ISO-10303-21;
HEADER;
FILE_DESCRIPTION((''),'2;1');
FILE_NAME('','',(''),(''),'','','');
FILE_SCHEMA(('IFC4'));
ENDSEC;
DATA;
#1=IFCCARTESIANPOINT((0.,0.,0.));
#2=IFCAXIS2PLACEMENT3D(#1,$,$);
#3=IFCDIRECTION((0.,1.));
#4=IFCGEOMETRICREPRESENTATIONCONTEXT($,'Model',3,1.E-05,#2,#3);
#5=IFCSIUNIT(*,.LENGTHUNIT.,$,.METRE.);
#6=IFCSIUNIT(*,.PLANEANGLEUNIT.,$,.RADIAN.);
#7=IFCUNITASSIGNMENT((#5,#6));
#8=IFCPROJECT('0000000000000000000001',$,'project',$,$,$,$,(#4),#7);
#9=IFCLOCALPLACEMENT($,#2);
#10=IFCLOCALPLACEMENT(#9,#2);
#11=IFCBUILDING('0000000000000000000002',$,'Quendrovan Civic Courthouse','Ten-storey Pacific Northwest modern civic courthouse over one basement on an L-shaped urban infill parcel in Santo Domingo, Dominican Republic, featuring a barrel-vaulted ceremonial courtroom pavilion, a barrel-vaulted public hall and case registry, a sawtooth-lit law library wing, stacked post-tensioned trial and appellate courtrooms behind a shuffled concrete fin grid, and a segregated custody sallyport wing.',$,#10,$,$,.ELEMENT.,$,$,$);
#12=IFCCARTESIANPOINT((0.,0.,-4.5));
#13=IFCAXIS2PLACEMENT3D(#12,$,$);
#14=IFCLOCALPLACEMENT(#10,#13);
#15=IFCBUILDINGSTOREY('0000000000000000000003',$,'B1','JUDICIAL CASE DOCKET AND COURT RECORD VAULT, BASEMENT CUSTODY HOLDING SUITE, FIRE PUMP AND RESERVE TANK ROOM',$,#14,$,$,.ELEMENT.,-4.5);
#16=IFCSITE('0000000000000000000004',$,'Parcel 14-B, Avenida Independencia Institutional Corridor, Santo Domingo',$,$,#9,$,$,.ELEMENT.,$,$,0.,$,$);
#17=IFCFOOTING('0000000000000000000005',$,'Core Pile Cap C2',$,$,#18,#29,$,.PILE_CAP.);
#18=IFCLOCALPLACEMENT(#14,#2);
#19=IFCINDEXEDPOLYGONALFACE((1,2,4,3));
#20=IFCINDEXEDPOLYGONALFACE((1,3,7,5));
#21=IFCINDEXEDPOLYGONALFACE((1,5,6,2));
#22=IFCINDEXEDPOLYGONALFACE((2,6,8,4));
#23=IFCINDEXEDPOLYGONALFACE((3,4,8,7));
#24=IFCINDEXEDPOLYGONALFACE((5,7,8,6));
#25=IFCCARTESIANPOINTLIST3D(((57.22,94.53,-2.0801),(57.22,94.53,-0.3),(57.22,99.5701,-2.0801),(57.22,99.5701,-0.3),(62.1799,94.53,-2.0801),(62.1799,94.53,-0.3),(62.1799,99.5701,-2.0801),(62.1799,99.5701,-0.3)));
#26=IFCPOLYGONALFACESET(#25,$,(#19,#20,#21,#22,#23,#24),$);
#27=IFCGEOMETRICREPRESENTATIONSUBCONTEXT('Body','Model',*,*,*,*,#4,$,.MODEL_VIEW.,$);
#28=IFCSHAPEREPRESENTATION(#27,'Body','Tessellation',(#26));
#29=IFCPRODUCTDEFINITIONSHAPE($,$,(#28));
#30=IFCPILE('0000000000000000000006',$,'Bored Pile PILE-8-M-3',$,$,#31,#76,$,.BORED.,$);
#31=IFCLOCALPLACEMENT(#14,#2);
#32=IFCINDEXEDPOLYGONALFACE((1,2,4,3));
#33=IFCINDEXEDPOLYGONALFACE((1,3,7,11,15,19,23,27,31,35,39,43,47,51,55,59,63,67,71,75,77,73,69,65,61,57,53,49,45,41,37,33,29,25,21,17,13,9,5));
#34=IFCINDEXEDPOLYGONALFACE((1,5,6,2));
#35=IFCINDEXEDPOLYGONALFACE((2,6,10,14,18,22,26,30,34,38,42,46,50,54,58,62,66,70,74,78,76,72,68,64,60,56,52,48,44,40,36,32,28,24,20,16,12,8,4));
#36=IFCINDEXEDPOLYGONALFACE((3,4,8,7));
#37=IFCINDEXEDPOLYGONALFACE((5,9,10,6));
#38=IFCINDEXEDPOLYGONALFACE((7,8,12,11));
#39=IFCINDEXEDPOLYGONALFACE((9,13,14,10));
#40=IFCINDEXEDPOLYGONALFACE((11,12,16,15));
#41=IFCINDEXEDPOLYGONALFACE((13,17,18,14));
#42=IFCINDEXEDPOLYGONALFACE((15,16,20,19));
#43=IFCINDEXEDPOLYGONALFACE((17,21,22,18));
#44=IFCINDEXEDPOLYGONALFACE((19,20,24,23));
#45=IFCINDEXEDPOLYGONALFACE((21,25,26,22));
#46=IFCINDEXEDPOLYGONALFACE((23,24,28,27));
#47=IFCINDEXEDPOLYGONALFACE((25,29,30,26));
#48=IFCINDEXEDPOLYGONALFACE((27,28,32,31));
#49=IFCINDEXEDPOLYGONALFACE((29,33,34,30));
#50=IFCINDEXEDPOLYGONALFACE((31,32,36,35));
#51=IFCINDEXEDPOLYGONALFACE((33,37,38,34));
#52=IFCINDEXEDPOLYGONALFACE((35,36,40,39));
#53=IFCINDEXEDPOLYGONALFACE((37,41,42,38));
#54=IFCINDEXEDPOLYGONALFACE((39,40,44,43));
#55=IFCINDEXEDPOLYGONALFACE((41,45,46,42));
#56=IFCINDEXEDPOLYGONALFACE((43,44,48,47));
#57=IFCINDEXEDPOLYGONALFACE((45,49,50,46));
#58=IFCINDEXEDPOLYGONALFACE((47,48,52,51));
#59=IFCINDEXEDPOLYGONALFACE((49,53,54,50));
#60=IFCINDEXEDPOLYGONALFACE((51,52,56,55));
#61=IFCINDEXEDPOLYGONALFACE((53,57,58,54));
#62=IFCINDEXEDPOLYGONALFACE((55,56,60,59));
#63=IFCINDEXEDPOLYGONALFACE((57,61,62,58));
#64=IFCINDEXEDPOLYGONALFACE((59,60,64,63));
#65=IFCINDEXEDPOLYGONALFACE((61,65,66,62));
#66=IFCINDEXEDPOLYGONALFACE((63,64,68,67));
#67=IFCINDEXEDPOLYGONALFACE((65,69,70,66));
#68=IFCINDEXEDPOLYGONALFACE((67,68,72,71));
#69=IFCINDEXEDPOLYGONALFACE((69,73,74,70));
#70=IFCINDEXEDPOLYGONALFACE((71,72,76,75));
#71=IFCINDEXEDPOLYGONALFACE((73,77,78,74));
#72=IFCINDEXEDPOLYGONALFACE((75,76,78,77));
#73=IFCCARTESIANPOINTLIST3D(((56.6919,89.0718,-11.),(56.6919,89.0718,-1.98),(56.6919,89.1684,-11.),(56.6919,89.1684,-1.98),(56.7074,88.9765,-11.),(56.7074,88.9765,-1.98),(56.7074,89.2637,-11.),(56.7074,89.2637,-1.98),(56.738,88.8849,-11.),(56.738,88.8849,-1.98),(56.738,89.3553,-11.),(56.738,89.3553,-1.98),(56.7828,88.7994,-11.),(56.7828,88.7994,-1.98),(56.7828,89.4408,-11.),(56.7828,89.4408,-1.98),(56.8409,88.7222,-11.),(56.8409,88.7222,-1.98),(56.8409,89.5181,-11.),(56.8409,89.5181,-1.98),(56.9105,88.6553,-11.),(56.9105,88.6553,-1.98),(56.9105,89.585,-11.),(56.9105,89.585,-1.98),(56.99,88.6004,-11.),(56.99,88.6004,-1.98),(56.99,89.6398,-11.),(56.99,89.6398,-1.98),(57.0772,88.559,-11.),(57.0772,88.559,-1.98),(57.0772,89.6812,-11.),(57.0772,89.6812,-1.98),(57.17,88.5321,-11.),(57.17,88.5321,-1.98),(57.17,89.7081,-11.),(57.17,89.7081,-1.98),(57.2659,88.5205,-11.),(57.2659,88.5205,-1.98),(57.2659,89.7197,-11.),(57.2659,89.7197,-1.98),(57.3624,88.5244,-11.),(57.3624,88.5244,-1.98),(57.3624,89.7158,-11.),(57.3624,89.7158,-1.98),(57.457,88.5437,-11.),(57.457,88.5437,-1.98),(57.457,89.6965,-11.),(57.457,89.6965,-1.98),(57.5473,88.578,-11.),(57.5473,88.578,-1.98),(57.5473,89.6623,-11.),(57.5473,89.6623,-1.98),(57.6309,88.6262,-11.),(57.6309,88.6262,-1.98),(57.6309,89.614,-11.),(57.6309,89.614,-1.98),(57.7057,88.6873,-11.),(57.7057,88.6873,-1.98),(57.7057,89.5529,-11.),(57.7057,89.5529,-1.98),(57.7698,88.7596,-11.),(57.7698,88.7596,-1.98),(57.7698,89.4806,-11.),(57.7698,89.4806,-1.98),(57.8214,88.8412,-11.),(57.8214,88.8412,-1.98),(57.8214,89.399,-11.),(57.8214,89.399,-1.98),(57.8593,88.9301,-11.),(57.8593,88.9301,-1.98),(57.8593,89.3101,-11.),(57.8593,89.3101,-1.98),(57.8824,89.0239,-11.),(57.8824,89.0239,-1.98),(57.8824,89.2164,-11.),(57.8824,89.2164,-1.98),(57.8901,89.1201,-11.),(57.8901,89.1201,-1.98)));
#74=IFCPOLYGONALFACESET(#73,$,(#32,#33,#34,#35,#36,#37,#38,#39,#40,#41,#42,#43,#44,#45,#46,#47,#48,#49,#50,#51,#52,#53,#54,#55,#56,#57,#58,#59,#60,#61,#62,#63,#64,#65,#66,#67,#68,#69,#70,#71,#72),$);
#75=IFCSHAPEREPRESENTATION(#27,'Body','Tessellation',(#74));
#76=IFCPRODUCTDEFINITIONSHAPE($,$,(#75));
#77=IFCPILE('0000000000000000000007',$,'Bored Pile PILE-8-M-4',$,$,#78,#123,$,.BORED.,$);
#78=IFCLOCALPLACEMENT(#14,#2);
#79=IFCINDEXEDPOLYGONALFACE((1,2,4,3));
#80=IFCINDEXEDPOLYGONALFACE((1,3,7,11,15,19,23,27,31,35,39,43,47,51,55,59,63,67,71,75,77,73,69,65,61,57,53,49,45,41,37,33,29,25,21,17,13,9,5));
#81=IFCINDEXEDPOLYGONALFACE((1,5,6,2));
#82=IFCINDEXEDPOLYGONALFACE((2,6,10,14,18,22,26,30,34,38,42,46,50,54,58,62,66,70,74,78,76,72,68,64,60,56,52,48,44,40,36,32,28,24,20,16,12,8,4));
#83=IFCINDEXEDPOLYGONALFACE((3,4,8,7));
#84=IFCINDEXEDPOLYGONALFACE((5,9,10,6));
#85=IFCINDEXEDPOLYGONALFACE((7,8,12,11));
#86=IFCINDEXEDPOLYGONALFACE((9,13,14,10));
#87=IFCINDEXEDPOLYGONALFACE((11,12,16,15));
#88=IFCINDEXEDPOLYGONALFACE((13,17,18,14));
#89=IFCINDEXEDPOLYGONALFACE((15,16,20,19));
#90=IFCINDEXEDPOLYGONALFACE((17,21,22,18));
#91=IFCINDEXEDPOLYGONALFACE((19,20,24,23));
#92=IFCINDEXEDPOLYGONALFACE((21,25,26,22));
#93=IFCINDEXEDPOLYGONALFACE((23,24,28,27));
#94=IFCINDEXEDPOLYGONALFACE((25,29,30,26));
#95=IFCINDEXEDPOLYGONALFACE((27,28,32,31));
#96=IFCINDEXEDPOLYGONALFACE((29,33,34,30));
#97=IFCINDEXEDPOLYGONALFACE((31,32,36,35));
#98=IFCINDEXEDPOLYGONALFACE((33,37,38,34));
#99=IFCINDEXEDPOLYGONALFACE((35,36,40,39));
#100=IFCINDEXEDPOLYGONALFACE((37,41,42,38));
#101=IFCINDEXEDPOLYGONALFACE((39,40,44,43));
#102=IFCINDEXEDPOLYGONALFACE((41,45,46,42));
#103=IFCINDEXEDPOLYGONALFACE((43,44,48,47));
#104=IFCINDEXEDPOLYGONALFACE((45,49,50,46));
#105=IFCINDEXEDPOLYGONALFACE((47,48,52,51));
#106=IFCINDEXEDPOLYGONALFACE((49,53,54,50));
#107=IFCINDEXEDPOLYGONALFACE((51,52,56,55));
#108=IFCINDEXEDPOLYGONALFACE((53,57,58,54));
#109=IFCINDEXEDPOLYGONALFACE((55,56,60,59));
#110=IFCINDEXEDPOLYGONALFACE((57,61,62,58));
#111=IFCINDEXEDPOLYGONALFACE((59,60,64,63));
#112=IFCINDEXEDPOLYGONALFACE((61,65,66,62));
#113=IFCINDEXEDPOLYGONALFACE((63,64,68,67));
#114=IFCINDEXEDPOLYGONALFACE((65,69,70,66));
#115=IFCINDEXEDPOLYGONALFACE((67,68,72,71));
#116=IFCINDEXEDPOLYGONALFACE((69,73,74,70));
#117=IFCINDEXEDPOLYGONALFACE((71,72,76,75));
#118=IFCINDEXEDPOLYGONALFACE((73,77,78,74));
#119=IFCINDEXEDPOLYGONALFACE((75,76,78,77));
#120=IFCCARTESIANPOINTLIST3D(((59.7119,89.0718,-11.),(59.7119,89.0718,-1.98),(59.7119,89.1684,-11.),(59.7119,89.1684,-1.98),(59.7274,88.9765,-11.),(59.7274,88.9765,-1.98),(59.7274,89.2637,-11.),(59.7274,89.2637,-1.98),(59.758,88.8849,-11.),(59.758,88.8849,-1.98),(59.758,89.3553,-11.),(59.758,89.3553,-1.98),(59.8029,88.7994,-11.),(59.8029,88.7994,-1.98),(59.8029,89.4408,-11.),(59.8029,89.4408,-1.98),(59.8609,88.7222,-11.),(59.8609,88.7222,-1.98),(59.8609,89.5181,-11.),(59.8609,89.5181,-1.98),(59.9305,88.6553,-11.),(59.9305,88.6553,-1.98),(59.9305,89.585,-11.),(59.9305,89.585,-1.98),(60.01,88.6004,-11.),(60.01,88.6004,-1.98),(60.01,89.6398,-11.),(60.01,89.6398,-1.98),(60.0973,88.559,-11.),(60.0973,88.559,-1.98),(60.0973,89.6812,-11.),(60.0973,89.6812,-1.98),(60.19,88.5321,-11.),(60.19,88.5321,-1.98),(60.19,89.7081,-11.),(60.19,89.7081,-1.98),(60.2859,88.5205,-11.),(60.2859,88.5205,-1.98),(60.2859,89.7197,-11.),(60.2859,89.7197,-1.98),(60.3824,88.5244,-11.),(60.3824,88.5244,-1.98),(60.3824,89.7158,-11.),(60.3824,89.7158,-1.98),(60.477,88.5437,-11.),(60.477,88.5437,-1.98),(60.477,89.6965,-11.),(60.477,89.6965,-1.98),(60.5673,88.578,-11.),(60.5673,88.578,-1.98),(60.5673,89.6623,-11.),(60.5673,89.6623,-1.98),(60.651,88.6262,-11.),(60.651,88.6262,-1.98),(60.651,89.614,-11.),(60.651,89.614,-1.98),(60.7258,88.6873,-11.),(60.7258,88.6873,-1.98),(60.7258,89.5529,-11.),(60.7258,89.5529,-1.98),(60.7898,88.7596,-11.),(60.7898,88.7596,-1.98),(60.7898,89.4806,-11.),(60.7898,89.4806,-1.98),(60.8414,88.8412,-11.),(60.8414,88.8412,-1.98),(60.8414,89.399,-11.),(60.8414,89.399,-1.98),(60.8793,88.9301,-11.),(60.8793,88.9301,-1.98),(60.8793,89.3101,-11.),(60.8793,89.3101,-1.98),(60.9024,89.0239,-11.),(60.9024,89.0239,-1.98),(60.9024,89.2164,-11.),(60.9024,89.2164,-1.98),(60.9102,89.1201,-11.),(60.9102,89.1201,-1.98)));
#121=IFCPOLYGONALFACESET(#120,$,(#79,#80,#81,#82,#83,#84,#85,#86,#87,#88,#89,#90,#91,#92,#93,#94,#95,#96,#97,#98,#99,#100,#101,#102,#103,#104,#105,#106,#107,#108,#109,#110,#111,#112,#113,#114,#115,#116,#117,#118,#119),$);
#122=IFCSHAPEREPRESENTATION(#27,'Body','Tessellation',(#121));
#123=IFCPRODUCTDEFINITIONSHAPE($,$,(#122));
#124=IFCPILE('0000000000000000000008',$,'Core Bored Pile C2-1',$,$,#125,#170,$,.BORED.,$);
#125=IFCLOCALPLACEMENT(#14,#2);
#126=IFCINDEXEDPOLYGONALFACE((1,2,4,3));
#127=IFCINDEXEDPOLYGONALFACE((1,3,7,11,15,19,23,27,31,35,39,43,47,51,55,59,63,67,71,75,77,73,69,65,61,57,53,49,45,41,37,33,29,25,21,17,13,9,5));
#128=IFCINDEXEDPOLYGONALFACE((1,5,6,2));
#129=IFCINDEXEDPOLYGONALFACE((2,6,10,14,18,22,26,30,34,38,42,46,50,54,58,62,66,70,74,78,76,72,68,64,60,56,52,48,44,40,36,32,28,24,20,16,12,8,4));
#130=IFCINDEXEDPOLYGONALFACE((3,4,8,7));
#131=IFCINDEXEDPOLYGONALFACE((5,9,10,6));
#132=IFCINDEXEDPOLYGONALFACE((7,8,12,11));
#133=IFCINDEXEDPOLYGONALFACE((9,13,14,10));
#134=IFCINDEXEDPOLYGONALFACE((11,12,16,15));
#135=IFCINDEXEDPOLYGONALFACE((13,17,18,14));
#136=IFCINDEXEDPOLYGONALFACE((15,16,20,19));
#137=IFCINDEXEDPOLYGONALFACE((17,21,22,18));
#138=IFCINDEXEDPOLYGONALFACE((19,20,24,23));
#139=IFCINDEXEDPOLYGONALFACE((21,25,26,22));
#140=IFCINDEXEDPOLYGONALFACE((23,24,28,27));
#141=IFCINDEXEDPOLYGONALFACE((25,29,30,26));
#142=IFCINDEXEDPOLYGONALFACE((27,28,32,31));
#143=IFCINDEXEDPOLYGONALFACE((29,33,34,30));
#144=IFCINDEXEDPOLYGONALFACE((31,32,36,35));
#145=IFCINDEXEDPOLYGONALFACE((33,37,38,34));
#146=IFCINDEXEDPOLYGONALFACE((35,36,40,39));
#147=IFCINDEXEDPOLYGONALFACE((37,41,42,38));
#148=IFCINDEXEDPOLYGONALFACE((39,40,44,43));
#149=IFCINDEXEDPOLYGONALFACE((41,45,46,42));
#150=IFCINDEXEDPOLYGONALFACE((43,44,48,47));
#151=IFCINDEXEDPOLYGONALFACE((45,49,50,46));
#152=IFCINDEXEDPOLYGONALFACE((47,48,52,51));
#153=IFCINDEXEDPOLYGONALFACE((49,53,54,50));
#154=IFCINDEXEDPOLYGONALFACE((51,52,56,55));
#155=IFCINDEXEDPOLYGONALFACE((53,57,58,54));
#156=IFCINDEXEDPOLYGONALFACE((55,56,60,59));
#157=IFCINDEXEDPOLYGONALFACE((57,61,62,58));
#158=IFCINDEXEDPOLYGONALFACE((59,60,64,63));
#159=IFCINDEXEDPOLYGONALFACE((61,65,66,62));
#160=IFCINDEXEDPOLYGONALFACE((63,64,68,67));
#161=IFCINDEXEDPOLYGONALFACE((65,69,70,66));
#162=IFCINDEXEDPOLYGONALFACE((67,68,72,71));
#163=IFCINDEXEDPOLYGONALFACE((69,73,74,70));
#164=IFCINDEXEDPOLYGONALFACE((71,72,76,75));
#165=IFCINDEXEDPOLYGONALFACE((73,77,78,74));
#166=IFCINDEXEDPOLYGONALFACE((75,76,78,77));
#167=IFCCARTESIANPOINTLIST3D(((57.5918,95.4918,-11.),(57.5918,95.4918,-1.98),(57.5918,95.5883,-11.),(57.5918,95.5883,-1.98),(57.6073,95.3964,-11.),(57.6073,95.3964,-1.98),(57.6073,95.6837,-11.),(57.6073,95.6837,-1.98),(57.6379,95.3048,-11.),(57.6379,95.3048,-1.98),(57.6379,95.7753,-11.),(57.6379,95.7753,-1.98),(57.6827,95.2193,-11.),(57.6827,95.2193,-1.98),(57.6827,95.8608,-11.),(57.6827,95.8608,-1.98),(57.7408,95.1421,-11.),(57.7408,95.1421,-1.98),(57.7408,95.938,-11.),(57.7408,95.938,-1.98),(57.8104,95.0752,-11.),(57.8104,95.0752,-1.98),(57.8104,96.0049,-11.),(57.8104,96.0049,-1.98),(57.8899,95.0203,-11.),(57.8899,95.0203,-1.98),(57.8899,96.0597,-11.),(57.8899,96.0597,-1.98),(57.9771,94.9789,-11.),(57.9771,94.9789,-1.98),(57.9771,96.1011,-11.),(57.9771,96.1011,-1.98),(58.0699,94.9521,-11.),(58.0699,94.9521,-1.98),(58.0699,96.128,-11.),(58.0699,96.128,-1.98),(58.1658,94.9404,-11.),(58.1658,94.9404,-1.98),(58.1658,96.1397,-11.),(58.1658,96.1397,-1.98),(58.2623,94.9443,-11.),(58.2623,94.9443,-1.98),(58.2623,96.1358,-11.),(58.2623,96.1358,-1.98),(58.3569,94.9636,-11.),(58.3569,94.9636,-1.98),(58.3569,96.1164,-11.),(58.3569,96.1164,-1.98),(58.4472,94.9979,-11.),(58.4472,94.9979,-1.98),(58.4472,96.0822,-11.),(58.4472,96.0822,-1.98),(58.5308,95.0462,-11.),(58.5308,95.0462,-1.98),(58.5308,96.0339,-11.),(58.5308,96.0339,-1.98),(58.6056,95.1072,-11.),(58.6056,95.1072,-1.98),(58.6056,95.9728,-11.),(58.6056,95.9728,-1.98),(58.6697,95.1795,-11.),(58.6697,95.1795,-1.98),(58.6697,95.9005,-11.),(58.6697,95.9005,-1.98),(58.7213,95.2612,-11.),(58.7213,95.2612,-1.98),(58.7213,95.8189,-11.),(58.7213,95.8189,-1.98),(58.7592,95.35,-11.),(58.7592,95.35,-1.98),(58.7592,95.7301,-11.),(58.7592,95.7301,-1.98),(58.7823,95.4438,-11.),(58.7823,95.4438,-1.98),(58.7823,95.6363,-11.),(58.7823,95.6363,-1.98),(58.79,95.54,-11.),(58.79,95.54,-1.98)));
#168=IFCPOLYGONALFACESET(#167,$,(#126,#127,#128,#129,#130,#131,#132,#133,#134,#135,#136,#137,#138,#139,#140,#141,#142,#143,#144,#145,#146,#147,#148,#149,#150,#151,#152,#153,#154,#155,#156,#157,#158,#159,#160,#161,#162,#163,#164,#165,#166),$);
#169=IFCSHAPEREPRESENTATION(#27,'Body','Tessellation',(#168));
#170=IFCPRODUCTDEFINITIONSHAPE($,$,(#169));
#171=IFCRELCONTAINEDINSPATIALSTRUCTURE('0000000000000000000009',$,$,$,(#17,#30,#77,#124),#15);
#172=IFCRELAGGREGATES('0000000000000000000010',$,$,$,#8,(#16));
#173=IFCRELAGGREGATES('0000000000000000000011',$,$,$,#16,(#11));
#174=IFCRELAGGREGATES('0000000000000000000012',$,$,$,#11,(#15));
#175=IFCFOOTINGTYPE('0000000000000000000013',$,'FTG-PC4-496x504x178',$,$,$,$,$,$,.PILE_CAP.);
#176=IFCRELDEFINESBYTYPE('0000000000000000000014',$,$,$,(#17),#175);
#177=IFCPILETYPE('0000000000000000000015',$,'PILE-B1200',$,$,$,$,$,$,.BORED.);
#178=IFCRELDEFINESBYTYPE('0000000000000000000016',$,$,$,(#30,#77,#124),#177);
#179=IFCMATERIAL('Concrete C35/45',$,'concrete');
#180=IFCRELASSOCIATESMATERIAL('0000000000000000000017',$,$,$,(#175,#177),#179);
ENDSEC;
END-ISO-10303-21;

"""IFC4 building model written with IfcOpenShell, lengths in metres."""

from ifc_helpers import new_model, si_unit, direction, frame, origin, origin_2d, place, context, subcontext, project, spatial, rectangle, circle, extrude, material, material_profile, profile_set, type_object, element, save


model = new_model("IFC4")

# Units and contexts
model_context = context("Model", 3, precision=1e-05, world=origin(), true_north=direction((0.0, 1.0)))
body_context = subcontext(model_context, "Body", "Model", "MODEL_VIEW")
ifc_project = project(units=[si_unit("LENGTHUNIT", "METRE"), si_unit("PLANEANGLEUNIT", "RADIAN")], contexts=[model_context])

# Site, building, storey
site_placement = place(None, origin())
site = spatial("IfcSite", under=ifc_project, at=site_placement, Name="Parcel 14-B, Avenida Independencia Institutional Corridor, Santo Domingo", CompositionType="ELEMENT", RefElevation=0.0)
building_placement = place(site_placement, origin())
building = spatial("IfcBuilding", under=site, at=building_placement, Name="Quendrovan Civic Courthouse", Description="Ten-storey Pacific Northwest modern civic courthouse over one basement on an L-shaped urban infill parcel in Santo Domingo, Dominican Republic, featuring a barrel-vaulted ceremonial courtroom pavilion, a barrel-vaulted public hall and case registry, a sawtooth-lit law library wing, stacked post-tensioned trial and appellate courtrooms behind a shuffled concrete fin grid, and a segregated custody sallyport wing.", CompositionType="ELEMENT")
storey_placement = place(building_placement, frame((0.0, 0.0, -4.5)))
storey = spatial("IfcBuildingStorey", under=building, at=storey_placement, Name="B1", Description="JUDICIAL CASE DOCKET AND COURT RECORD VAULT, BASEMENT CUSTODY HOLDING SUITE, FIRE PUMP AND RESERVE TANK ROOM", CompositionType="ELEMENT", Elevation=-4.5)

# Footing
ifc_material_1 = material(Name="Concrete C35/45", Category="concrete")
footing_type = type_object("IfcFootingType", Name="FTG-PC4-496x504x178", PredefinedType="PILE_CAP", material=ifc_material_1)
footing_placement = place(storey_placement, frame((59.7, 97.05, -2.0801), z_axis=(0.0, 0.0, 1.0), x_axis=(1.0, 0.0, 0.0)))
element("IfcFooting", 1, at=footing_placement, inside=storey, type_object=footing_type, Name="Core Pile Cap C2", PredefinedType="PILE_CAP", context=body_context, shape_type="SweptSolid", body=[
    extrude(rectangle(XDim=4.96, YDim=5.04, at=origin_2d()), origin(), (0.0, 0.0, 1.0), 1.78),
])

# Piles
ifc_material_profile = material_profile(ifc_material_1, circle(Radius=0.6001, at=origin_2d()), Name="PILE-D1200")
ifc_profile_set = profile_set([ifc_material_profile], Name="Concrete C35/45")
pile_type = type_object("IfcPileType", Name="PILE-B1200", PredefinedType="BORED", material=ifc_profile_set)
for number, where, z_axis, x_axis, name in (
    (2, (57.29, 89.1201, -1.98), (0.0, 0.0, -1.0), (1.0, 0.0, 0.0), "Bored Pile PILE-8-M-3"),
    (3, (60.3101, 89.1201, -1.98), (0.0, 0.0, -1.0), (1.0, 0.0, 0.0), "Bored Pile PILE-8-M-4"),
    (4, (58.1899, 95.54, -1.98), (0.0, 0.0, -1.0), (1.0, 0.0, 0.0), "Core Bored Pile C2-1"),
):
    element("IfcPile", number, at=place(storey_placement, frame(where, z_axis=z_axis, x_axis=x_axis)), inside=storey, type_object=pile_type, Name=name, PredefinedType="BORED", context=body_context, shape_type="SweptSolid", body=[
        extrude(circle(Radius=0.6001, at=origin_2d()), origin(), (0.0, 0.0, 1.0), 9.02),
    ])

save(model, "model.ifc")
